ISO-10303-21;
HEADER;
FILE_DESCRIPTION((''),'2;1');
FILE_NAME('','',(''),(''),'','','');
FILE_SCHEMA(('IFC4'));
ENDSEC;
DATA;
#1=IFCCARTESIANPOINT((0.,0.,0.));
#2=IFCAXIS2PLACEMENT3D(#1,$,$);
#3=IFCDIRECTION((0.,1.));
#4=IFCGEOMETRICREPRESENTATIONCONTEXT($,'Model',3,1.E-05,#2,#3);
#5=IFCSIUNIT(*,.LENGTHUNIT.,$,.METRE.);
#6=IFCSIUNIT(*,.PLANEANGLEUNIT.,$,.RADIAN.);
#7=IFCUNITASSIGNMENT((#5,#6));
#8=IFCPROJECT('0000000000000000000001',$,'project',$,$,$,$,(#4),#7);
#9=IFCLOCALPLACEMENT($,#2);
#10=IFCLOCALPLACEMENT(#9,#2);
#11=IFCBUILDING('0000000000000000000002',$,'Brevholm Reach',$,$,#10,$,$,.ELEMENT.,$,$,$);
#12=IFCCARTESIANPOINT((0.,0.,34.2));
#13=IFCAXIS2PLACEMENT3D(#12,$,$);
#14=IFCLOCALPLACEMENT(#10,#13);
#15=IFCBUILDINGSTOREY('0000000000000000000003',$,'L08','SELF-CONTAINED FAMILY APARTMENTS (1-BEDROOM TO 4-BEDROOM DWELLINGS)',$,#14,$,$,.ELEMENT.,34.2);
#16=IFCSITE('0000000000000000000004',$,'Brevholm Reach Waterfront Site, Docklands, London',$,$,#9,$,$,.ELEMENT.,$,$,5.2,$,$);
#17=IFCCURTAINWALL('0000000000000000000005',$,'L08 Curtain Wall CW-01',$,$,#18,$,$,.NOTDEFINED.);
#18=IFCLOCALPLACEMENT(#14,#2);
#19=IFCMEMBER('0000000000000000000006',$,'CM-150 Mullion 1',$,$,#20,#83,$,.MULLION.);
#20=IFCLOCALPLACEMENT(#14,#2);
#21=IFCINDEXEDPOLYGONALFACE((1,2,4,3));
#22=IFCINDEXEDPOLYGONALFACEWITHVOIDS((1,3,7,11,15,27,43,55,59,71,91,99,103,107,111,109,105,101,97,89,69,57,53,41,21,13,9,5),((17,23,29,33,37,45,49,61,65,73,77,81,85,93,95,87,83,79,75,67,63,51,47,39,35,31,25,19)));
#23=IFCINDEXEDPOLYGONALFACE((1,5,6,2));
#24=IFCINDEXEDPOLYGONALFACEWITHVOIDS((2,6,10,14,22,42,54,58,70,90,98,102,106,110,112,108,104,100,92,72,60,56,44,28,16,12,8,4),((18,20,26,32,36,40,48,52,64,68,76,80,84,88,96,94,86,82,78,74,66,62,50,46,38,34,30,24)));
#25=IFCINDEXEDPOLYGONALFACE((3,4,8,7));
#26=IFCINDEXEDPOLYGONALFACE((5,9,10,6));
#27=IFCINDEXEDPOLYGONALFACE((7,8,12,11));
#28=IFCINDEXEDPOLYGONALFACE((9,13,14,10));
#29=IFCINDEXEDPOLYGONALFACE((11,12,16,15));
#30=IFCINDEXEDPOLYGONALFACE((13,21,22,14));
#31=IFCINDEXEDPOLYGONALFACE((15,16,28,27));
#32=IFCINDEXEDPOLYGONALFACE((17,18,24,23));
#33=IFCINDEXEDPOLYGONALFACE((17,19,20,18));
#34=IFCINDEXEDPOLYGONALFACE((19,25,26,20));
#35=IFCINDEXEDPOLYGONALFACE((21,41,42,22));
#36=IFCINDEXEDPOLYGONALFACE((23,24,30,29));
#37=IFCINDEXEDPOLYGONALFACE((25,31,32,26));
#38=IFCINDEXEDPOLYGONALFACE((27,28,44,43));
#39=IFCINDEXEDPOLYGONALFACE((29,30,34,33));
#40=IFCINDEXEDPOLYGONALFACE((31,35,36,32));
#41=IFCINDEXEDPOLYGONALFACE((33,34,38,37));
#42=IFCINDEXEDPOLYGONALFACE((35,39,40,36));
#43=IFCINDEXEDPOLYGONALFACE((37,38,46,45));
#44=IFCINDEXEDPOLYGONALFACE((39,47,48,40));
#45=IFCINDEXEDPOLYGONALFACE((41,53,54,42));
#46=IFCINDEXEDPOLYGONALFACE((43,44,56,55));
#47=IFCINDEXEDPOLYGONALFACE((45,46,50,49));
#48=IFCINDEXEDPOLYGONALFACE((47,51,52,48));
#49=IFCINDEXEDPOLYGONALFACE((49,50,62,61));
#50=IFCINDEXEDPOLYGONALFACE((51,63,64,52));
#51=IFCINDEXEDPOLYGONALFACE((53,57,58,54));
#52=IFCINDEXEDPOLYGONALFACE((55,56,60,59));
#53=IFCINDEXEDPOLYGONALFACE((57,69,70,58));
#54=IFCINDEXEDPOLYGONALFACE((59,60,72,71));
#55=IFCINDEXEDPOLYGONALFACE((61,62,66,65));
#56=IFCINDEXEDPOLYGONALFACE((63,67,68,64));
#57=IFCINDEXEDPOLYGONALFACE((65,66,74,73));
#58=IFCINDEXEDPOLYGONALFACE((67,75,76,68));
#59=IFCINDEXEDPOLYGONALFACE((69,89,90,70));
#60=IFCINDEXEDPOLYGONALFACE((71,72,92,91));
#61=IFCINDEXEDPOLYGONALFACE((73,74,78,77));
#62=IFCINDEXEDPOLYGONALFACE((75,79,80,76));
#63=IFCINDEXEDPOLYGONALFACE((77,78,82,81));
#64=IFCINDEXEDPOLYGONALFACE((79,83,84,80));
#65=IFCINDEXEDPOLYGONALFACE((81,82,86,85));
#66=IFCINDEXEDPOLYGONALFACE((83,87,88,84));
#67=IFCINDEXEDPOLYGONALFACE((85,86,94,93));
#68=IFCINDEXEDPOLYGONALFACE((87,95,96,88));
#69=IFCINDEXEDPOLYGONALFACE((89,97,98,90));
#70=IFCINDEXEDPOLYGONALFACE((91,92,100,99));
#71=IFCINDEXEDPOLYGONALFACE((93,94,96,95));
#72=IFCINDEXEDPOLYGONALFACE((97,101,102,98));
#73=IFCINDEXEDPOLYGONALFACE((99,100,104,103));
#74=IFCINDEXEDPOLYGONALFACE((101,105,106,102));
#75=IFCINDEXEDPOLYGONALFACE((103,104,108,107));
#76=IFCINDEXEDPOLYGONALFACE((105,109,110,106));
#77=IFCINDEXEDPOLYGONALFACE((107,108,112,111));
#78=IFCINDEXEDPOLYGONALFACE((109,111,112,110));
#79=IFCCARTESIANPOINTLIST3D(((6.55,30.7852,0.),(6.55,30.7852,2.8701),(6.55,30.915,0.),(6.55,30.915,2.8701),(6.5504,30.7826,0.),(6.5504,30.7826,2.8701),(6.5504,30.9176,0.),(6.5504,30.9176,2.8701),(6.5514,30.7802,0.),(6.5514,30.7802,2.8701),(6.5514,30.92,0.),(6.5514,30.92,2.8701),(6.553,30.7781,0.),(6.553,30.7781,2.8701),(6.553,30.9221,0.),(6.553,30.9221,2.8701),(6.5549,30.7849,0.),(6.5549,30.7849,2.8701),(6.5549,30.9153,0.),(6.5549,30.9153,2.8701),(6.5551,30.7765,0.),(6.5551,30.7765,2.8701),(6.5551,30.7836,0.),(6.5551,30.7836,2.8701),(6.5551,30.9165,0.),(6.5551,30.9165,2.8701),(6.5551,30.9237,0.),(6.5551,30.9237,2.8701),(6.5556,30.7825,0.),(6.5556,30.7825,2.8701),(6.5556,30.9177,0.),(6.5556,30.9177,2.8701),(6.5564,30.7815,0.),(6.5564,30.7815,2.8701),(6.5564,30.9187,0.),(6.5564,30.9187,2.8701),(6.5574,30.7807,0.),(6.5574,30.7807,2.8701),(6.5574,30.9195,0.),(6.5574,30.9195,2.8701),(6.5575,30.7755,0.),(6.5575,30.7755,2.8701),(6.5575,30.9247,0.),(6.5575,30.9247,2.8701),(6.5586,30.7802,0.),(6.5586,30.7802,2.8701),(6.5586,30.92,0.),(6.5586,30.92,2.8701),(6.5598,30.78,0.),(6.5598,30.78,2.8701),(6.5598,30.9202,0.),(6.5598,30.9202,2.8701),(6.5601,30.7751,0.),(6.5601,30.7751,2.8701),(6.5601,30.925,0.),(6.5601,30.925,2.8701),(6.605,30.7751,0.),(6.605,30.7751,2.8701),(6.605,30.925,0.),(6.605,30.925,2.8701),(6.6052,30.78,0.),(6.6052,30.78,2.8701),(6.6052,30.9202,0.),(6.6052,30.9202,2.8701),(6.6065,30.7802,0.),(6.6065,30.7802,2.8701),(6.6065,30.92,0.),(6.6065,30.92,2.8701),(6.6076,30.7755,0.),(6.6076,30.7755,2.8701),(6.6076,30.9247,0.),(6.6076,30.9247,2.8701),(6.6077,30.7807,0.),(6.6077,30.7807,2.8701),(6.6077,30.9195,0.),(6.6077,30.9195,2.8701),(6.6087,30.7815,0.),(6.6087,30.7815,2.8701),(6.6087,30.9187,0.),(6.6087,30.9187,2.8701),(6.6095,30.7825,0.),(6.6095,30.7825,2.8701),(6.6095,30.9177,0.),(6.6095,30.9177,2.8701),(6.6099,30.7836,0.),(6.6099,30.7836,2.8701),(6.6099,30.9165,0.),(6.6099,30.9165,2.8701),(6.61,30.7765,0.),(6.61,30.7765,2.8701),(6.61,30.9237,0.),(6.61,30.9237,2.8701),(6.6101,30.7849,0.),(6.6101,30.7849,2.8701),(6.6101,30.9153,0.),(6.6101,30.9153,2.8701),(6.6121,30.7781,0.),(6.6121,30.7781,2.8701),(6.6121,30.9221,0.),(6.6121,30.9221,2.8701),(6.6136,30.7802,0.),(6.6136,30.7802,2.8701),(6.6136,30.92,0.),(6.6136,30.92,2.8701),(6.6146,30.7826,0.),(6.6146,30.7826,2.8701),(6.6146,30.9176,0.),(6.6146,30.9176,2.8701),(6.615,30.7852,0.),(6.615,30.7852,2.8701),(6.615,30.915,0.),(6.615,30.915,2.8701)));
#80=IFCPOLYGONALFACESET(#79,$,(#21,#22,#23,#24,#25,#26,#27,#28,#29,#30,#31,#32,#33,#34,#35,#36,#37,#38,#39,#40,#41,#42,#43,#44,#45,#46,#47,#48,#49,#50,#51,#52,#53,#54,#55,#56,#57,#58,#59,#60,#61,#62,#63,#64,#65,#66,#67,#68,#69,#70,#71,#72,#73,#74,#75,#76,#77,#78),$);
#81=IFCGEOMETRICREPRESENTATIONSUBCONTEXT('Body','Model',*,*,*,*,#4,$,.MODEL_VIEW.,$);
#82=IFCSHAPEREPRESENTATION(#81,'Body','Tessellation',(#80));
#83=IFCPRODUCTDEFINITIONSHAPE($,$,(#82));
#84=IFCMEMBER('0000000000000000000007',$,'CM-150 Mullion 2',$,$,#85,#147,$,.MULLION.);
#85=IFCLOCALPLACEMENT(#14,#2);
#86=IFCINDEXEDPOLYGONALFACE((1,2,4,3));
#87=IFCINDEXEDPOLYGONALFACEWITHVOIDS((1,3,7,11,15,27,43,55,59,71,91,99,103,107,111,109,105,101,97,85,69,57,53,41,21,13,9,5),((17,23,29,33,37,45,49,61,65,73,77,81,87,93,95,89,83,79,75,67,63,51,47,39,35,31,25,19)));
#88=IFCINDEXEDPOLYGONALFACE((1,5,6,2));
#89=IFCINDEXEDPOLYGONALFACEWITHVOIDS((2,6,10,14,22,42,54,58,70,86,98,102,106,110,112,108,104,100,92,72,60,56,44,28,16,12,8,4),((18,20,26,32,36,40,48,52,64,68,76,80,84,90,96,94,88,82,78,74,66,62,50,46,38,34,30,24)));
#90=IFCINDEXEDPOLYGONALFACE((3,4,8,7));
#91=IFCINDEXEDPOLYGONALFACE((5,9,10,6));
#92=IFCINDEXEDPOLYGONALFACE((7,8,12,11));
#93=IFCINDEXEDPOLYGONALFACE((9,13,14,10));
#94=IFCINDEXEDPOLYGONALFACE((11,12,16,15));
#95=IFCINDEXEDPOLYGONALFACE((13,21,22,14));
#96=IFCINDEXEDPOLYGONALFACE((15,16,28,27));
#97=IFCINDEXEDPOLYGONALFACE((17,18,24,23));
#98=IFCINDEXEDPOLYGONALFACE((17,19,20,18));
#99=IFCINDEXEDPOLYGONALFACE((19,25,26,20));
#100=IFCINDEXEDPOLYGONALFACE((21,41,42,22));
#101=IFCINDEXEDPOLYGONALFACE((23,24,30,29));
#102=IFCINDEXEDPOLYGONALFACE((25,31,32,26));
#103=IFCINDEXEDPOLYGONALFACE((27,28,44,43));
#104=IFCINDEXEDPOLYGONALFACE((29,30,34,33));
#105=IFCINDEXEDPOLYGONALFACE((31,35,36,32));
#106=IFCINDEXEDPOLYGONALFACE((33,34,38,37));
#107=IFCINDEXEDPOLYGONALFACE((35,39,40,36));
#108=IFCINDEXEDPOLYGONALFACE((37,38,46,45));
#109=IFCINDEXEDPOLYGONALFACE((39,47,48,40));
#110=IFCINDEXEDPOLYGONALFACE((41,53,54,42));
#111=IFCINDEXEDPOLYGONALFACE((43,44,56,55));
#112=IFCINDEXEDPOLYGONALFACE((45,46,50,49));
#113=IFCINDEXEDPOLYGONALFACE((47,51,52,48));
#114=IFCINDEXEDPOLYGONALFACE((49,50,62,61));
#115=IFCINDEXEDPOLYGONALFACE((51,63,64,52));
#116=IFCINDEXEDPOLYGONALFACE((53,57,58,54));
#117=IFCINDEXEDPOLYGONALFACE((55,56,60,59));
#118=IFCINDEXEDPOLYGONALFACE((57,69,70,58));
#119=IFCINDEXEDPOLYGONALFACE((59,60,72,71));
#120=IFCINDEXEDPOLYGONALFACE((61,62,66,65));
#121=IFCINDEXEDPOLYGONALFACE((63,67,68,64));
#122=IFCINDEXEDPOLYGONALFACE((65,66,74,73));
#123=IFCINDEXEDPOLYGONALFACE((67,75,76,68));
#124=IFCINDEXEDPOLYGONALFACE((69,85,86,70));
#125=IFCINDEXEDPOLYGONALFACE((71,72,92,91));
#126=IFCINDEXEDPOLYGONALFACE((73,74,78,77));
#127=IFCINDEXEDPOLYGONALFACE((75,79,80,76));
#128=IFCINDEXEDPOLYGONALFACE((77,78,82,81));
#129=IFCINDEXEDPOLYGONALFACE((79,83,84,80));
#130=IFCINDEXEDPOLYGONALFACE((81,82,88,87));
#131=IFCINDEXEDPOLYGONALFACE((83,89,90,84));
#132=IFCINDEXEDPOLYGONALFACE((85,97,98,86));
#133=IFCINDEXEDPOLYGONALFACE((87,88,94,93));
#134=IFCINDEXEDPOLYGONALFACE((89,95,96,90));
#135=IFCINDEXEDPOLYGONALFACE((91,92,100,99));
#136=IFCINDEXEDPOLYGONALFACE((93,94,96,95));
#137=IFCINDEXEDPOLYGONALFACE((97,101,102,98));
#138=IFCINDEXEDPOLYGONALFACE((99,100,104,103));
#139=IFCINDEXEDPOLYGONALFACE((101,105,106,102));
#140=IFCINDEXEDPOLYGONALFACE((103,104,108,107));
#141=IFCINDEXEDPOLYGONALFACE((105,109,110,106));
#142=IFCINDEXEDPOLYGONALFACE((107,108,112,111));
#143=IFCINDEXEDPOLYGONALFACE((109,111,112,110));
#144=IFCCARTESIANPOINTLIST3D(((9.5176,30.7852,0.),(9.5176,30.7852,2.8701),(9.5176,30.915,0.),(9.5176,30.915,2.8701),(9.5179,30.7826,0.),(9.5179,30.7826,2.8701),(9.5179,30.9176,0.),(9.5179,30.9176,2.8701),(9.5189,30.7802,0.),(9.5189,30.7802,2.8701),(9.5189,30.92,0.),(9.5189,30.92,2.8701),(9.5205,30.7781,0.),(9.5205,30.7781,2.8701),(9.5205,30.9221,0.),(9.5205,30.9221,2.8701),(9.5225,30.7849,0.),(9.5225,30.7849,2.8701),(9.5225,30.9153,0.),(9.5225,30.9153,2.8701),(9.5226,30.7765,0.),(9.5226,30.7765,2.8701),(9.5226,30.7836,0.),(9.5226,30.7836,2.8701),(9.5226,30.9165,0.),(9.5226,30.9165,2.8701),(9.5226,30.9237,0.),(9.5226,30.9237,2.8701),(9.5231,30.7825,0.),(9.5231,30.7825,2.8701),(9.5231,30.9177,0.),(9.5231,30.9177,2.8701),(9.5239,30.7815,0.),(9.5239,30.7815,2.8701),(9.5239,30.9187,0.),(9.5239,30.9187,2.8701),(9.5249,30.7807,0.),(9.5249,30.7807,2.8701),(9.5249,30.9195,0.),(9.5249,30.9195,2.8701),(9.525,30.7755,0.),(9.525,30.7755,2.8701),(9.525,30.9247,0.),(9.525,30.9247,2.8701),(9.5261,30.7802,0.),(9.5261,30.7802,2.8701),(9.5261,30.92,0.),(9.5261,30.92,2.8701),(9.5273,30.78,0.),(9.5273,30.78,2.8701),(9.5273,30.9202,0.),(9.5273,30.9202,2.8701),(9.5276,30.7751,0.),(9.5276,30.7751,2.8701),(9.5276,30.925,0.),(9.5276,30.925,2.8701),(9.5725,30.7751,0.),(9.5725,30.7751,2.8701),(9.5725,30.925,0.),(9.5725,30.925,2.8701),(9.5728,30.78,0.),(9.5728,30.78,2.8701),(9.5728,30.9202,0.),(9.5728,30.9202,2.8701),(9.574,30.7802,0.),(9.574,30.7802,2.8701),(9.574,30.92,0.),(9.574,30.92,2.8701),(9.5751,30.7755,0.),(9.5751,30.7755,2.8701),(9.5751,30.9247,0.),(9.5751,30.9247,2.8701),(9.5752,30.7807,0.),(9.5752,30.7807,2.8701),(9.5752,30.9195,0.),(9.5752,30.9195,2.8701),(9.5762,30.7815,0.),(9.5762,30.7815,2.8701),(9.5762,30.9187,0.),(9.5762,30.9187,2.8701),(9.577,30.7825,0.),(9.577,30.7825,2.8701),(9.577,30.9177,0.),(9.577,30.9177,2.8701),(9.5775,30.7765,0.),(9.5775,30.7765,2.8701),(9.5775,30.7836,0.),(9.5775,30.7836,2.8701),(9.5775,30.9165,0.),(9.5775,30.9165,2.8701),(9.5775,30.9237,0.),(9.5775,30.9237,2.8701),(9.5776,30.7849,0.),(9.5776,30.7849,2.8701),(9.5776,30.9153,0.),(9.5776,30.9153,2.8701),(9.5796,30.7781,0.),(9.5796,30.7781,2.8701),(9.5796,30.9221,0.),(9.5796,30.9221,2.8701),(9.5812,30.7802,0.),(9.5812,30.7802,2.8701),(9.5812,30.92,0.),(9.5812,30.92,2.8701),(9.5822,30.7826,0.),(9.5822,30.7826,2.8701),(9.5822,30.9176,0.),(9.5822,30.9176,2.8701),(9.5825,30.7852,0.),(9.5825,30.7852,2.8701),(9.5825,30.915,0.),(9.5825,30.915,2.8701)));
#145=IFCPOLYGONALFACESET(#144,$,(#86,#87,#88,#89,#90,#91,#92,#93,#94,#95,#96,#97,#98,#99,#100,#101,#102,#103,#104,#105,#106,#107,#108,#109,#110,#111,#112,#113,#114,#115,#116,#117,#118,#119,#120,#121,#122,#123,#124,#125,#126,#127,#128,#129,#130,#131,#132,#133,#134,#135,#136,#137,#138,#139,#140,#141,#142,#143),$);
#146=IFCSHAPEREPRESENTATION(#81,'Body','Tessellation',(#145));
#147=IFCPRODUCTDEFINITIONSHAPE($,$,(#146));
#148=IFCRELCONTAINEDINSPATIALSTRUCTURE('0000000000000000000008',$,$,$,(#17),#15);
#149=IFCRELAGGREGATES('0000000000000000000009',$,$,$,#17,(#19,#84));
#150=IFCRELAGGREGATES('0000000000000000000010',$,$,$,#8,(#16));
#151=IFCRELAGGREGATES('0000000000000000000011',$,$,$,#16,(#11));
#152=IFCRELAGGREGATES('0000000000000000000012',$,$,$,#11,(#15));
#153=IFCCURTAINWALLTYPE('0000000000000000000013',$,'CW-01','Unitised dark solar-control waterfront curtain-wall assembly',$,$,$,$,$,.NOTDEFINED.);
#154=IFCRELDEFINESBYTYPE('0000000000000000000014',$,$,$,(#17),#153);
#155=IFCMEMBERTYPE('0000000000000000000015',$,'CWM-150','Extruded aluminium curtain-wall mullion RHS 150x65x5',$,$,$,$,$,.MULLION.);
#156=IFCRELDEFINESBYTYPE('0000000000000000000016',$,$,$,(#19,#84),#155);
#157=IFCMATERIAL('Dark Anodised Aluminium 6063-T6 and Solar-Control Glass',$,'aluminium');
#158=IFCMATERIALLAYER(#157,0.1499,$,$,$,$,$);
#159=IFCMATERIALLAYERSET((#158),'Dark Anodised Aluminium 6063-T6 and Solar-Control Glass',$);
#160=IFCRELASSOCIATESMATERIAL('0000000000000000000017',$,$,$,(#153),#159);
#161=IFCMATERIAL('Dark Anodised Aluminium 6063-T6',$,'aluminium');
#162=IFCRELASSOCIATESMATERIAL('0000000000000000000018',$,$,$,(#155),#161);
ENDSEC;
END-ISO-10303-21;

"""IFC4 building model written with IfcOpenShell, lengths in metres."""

from ifc_helpers import new_model, si_unit, direction, frame, origin, origin_2d, place, context, subcontext, project, spatial, hollow_rectangle, extrude, material, layer, layer_set, material_profile, profile_set, type_object, element, aggregate, save


model = new_model("IFC4")

# Units and contexts
model_context = context("Model", 3, precision=1e-05, world=origin(), true_north=direction((0.0, 1.0)))
body_context = subcontext(model_context, "Body", "Model", "MODEL_VIEW")
ifc_project = project(units=[si_unit("LENGTHUNIT", "METRE"), si_unit("PLANEANGLEUNIT", "RADIAN")], contexts=[model_context])

# Site, building, storey
site_placement = place(None, origin())
site = spatial("IfcSite", under=ifc_project, at=site_placement, Name="Brevholm Reach Waterfront Site, Docklands, London", CompositionType="ELEMENT", RefElevation=5.2)
building_placement = place(site_placement, origin())
building = spatial("IfcBuilding", under=site, at=building_placement, Name="Brevholm Reach", CompositionType="ELEMENT")
storey_placement = place(building_placement, frame((0.0, 0.0, 34.2)))
storey = spatial("IfcBuildingStorey", under=building, at=storey_placement, Name="L08", Description="SELF-CONTAINED FAMILY APARTMENTS (1-BEDROOM TO 4-BEDROOM DWELLINGS)", CompositionType="ELEMENT", Elevation=34.2)

# Curtain wall, members
ifc_material_1 = material(Name="Dark Anodised Aluminium 6063-T6 and Solar-Control Glass", Category="aluminium")
ifc_layer_1 = layer(ifc_material_1, 0.1499)
ifc_layer_set_1 = layer_set([ifc_layer_1], Name="Dark Anodised Aluminium 6063-T6 and Solar-Control Glass")
curtain_wall_type = type_object("IfcCurtainWallType", Name="CW-01", Description="Unitised dark solar-control waterfront curtain-wall assembly", PredefinedType="NOTDEFINED", material=ifc_layer_set_1)
curtain_wall_placement = place(storey_placement, origin())
curtain_wall = element("IfcCurtainWall", 1, at=curtain_wall_placement, inside=storey, type_object=curtain_wall_type, Name="L08 Curtain Wall CW-01", PredefinedType="NOTDEFINED")
ifc_material_2 = material(Name="Dark Anodised Aluminium 6063-T6", Category="aluminium")
ifc_material_profile_1 = material_profile(ifc_material_2, hollow_rectangle(XDim=0.0649, YDim=0.1499, WallThickness=0.0049, InnerFilletRadius=0.0049, OuterFilletRadius=0.01, at=origin_2d()), Name="RHS 150x65x5")
ifc_profile_set_1 = profile_set([ifc_material_profile_1], Name="Dark Anodised Aluminium 6063-T6")
member_type_1 = type_object("IfcMemberType", Name="CWM-150", Description="Extruded aluminium curtain-wall mullion RHS 150x65x5", PredefinedType="MULLION", material=ifc_profile_set_1)
member_1_placement = place(storey_placement, frame((6.5825, 30.8501, 0.0), z_axis=(0.0, 0.0, 1.0), x_axis=(1.0, 0.0, 0.0)))
member_1 = element("IfcMember", 2, at=member_1_placement, type_object=member_type_1, Name="CM-150 Mullion 1", PredefinedType="MULLION", context=body_context, shape_type="SweptSolid", body=[
    extrude(hollow_rectangle(XDim=0.0649, YDim=0.1499, WallThickness=0.0049, InnerFilletRadius=0.0049, OuterFilletRadius=0.01, at=origin_2d()), origin(), (0.0, 0.0, 1.0), 2.8701),
])
member_2_placement = place(storey_placement, frame((9.55, 30.8501, 0.0), z_axis=(0.0, 0.0, 1.0), x_axis=(1.0, 0.0, 0.0)))
member_2 = element("IfcMember", 3, at=member_2_placement, type_object=member_type_1, Name="CM-150 Mullion 2", PredefinedType="MULLION", context=body_context, shape_type="SweptSolid", body=[
    extrude(hollow_rectangle(XDim=0.0649, YDim=0.1499, WallThickness=0.0049, InnerFilletRadius=0.0049, OuterFilletRadius=0.01, at=origin_2d()), origin(), (0.0, 0.0, 1.0), 2.8701),
])
aggregate(curtain_wall, [member_1, member_2])

save(model, "model.ifc")
